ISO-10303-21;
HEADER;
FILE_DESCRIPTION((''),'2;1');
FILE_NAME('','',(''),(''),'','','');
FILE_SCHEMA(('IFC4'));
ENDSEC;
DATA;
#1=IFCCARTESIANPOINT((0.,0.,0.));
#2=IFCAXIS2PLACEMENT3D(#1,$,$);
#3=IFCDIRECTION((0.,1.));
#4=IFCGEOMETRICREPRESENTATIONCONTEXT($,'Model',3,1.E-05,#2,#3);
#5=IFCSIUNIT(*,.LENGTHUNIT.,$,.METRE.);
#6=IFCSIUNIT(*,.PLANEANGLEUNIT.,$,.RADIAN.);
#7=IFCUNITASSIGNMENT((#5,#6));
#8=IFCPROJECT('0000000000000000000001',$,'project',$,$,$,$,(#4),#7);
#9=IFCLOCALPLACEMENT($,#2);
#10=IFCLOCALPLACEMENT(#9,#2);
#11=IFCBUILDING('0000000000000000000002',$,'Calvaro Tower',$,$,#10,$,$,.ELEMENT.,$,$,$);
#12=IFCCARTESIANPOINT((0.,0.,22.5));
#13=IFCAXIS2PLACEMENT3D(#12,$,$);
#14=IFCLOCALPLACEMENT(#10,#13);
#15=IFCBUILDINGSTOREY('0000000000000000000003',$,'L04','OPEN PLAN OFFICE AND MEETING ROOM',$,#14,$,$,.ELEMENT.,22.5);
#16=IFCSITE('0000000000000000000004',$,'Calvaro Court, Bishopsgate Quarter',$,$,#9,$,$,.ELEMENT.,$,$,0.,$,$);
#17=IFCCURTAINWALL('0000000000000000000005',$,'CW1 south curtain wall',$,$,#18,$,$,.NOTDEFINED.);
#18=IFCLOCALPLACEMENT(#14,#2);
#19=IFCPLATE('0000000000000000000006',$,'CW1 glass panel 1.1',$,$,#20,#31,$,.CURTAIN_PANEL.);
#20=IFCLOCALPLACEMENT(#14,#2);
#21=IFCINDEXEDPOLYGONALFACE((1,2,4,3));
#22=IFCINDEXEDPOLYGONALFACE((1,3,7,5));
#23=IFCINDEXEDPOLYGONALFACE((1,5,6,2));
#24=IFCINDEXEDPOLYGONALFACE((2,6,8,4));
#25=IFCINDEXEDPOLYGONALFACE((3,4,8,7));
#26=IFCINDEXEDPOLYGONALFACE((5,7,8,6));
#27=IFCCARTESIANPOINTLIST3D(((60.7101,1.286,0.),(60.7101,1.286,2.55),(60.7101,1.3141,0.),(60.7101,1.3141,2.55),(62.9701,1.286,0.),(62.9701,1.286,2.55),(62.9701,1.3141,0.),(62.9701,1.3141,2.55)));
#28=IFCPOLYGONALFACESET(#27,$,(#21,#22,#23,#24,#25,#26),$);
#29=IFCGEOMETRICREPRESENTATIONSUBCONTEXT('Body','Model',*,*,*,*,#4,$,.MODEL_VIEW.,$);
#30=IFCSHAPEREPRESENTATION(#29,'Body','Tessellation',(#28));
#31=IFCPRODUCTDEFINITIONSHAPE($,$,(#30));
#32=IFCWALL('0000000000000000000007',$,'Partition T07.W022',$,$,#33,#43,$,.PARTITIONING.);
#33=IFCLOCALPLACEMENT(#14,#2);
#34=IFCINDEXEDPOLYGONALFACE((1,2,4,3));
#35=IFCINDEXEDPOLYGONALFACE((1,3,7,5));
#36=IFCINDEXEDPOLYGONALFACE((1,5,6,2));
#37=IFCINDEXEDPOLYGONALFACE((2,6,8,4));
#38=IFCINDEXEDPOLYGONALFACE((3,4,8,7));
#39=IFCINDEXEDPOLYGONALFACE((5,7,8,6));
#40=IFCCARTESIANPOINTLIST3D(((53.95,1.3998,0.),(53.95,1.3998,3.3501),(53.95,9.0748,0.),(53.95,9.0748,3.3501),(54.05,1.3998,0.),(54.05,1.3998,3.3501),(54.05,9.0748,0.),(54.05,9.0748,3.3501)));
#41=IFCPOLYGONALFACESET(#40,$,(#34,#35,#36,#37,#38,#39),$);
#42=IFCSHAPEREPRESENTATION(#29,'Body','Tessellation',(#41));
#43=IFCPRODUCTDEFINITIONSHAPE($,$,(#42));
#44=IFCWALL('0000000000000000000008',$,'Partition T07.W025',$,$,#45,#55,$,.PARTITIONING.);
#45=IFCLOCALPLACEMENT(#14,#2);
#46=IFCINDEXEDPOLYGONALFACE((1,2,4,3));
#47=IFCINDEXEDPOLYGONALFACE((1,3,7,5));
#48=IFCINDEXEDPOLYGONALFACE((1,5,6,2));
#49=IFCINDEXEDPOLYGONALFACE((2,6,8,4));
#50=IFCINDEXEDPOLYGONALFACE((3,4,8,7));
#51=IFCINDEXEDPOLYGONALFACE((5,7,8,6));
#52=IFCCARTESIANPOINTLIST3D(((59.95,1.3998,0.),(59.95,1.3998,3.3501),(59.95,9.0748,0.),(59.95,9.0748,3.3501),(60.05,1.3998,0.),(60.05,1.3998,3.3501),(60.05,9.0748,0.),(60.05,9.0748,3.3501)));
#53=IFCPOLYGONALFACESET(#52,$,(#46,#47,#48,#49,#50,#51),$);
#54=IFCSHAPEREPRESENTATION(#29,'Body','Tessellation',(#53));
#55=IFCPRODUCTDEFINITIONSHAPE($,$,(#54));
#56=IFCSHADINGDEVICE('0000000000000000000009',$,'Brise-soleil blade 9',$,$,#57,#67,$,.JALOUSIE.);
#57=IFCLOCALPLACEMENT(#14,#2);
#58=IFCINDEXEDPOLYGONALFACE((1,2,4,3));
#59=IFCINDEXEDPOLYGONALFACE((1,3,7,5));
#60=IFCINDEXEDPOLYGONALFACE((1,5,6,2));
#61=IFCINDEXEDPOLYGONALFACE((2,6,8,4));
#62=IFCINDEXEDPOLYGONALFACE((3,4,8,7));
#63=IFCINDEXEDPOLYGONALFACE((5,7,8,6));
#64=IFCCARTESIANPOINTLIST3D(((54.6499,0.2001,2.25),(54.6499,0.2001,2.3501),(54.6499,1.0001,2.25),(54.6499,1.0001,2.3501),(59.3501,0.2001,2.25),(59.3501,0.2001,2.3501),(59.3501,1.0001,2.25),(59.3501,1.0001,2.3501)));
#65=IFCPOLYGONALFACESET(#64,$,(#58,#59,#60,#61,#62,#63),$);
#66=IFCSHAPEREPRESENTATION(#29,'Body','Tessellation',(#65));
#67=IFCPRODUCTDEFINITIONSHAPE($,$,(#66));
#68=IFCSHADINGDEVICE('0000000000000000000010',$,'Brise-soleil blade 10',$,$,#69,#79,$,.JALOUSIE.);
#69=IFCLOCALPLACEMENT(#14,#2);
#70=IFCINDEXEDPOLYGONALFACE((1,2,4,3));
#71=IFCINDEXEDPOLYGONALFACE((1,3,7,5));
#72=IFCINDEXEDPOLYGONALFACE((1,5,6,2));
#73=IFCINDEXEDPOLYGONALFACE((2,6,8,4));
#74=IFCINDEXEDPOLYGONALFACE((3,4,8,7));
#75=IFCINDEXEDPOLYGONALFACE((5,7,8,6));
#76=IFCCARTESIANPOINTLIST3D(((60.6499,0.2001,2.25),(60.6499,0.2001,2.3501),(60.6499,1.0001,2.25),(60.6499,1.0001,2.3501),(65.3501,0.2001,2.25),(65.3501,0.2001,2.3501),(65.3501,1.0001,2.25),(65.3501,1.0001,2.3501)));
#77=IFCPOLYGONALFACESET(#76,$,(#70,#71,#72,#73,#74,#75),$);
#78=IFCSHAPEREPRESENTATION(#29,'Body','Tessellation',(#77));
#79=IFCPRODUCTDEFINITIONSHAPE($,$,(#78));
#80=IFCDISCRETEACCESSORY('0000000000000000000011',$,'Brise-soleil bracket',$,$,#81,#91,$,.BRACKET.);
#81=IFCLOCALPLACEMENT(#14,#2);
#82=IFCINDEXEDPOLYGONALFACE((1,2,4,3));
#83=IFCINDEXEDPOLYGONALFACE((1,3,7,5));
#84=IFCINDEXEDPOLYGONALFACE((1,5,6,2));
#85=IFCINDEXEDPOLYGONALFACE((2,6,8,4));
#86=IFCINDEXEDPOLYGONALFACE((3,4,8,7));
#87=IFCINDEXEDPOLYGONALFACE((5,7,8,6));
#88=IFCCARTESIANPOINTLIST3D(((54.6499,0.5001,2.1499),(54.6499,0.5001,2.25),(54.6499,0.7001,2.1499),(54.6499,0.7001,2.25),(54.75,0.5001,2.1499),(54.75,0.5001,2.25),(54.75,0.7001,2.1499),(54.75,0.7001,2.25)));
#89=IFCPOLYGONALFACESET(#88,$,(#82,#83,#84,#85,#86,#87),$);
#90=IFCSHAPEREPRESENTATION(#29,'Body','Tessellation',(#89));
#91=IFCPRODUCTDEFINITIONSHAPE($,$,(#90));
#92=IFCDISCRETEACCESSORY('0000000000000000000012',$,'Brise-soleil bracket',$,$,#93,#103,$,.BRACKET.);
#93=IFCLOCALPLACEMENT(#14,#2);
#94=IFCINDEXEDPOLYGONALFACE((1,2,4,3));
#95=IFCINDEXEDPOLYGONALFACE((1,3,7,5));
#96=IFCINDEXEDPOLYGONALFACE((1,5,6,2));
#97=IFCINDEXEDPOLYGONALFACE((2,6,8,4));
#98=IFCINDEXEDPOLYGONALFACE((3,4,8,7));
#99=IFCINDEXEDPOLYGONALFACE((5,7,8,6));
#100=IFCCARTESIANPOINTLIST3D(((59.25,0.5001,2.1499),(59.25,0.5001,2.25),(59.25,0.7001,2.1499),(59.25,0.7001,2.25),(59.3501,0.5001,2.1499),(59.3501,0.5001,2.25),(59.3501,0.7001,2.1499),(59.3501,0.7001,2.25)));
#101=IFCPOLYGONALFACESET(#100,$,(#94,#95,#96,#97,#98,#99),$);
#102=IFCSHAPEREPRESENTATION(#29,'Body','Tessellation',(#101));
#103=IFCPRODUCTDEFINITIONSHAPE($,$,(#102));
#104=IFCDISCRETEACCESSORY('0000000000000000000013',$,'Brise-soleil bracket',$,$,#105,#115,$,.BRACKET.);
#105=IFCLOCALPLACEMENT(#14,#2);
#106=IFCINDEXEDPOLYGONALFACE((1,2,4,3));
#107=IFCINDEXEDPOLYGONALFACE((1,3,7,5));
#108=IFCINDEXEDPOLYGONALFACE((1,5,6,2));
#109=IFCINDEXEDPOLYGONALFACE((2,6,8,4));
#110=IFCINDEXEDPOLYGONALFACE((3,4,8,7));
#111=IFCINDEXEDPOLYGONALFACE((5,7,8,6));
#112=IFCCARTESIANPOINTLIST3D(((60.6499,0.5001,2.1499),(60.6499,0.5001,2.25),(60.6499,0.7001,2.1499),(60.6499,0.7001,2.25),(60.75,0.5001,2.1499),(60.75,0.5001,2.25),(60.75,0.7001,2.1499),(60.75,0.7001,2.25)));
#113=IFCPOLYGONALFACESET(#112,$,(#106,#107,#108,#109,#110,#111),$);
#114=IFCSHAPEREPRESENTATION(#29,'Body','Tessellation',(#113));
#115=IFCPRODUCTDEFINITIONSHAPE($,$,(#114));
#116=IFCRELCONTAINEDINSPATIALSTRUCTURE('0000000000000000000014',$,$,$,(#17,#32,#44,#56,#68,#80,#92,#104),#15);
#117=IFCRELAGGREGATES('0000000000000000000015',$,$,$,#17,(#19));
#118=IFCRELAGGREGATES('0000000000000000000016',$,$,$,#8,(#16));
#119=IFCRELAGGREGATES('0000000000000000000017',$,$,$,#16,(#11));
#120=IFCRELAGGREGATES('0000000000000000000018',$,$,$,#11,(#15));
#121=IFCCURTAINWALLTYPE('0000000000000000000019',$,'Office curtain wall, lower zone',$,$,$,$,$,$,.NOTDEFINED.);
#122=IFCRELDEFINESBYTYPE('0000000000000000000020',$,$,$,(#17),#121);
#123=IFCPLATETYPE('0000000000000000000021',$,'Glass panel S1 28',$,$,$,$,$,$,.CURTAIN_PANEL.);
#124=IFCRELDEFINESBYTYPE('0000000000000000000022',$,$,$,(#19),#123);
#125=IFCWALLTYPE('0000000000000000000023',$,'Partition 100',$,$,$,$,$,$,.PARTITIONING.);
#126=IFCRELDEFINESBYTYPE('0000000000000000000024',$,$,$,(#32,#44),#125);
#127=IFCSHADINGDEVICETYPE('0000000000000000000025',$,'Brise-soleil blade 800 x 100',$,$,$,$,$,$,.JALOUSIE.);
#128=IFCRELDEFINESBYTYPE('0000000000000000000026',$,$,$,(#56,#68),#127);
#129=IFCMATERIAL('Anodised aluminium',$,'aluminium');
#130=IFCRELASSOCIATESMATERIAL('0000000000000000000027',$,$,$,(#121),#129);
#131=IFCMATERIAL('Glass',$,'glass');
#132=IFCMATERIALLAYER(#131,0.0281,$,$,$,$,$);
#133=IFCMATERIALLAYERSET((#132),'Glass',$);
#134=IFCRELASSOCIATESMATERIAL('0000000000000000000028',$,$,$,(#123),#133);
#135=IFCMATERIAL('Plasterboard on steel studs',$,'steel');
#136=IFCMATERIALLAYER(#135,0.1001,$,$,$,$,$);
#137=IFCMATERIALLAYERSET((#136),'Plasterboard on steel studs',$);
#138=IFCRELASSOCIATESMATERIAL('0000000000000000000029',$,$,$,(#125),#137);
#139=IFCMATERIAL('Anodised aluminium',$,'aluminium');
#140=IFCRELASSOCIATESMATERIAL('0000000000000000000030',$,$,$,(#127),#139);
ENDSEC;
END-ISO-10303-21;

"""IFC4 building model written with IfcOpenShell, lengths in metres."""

from ifc_helpers import new_model, si_unit, direction, frame, frame_2d, origin, origin_2d, place, context, subcontext, project, spatial, rectangle, extrude, material, layer, layer_set, material_profile, profile_set, type_object, element, aggregate, save


model = new_model("IFC4")

# Units and contexts
model_context = context("Model", 3, precision=1e-05, world=origin(), true_north=direction((0.0, 1.0)))
body_context = subcontext(model_context, "Body", "Model", "MODEL_VIEW")
ifc_project = project(units=[si_unit("LENGTHUNIT", "METRE"), si_unit("PLANEANGLEUNIT", "RADIAN")], contexts=[model_context])

# Site, building, storey
site_placement = place(None, origin())
site = spatial("IfcSite", under=ifc_project, at=site_placement, Name="Calvaro Court, Bishopsgate Quarter", CompositionType="ELEMENT", RefElevation=0.0)
building_placement = place(site_placement, origin())
building = spatial("IfcBuilding", under=site, at=building_placement, Name="Calvaro Tower", CompositionType="ELEMENT")
storey_placement = place(building_placement, frame((0.0, 0.0, 22.5)))
storey = spatial("IfcBuildingStorey", under=building, at=storey_placement, Name="L04", Description="OPEN PLAN OFFICE AND MEETING ROOM", CompositionType="ELEMENT", Elevation=22.5)

# Curtain wall
ifc_material_1 = material(Name="Anodised aluminium", Category="aluminium")
curtain_wall_type = type_object("IfcCurtainWallType", Name="Office curtain wall, lower zone", PredefinedType="NOTDEFINED", material=ifc_material_1)
curtain_wall_1_placement = place(storey_placement, origin())
curtain_wall_1 = element("IfcCurtainWall", 1, at=curtain_wall_1_placement, inside=storey, type_object=curtain_wall_type, Name="CW1 south curtain wall", PredefinedType="NOTDEFINED")

# Plate
ifc_material_2 = material(Name="Glass", Category="glass")
ifc_layer_1 = layer(ifc_material_2, 0.0281)
ifc_layer_set_1 = layer_set([ifc_layer_1], Name="Glass")
plate_type = type_object("IfcPlateType", Name="Glass panel S1 28", PredefinedType="CURTAIN_PANEL", material=ifc_layer_set_1)
plate_1_placement = place(storey_placement, frame((61.8401, 1.3, 0.0), z_axis=(0.0, 0.0, 1.0), x_axis=(1.0, 0.0, 0.0)))
plate_1 = element("IfcPlate", 2, at=plate_1_placement, type_object=plate_type, Name="CW1 glass panel 1.1", PredefinedType="CURTAIN_PANEL", context=body_context, shape_type="SweptSolid", body=[
    extrude(rectangle(XDim=2.26, YDim=0.0281, at=origin_2d()), origin(), (0.0, 0.0, 1.0), 2.55),
])
aggregate(curtain_wall_1, [plate_1])

# Walls
ifc_material_3 = material(Name="Plasterboard on steel studs", Category="steel")
ifc_layer_2 = layer(ifc_material_3, 0.1001)
ifc_layer_set_2 = layer_set([ifc_layer_2], Name="Plasterboard on steel studs")
wall_type = type_object("IfcWallType", Name="Partition 100", PredefinedType="PARTITIONING", material=ifc_layer_set_2)
for number, where, z_axis, x_axis, name in (
    (3, (54.0, 1.3999, 0.0), (0.0, 0.0, 1.0), (0.0, 1.0, 0.0), "Partition T07.W022"),
    (4, (60.0, 1.3999, 0.0), (0.0, 0.0, 1.0), (0.0, 1.0, 0.0), "Partition T07.W025"),
):
    element("IfcWall", number, at=place(storey_placement, frame(where, z_axis=z_axis, x_axis=x_axis)), inside=storey, type_object=wall_type, Name=name, PredefinedType="PARTITIONING", context=body_context, shape_type="SweptSolid", body=[
        extrude(rectangle(XDim=7.675, YDim=0.1001, at=frame_2d((3.8374, 0.0))), origin(), (0.0, 0.0, 1.0), 3.3501),
    ])

# Shading devices
ifc_material_4 = material(Name="Anodised aluminium", Category="aluminium")
ifc_material_profile_1 = material_profile(ifc_material_4, rectangle(XDim=0.8, YDim=0.1001, at=origin_2d()), Name="Brise-soleil blade 800 x 100")
ifc_profile_set_1 = profile_set([ifc_material_profile_1], Name="Anodised aluminium")
shading_device_type = type_object("IfcShadingDeviceType", Name="Brise-soleil blade 800 x 100", PredefinedType="JALOUSIE", material=ifc_profile_set_1)
for number, where, z_axis, x_axis, name in (
    (5, (54.6499, 0.6001, 2.3), (1.0, 0.0, 0.0), (0.0, 1.0, 0.0), "Brise-soleil blade 9"),
    (6, (60.6499, 0.6001, 2.3), (1.0, 0.0, 0.0), (0.0, 1.0, 0.0), "Brise-soleil blade 10"),
):
    element("IfcShadingDevice", number, at=place(storey_placement, frame(where, z_axis=z_axis, x_axis=x_axis)), inside=storey, type_object=shading_device_type, Name=name, PredefinedType="JALOUSIE", context=body_context, shape_type="SweptSolid", body=[
        extrude(rectangle(XDim=0.8, YDim=0.1001, at=origin_2d()), origin(), (0.0, 0.0, 1.0), 4.7002),
    ])

# Discrete accessories
for number, where, z_axis, x_axis, name in (
    (7, (54.7, 0.6001, 2.1499), (0.0, 0.0, 1.0), (1.0, 0.0, 0.0), "Brise-soleil bracket"),
    (8, (59.3, 0.6001, 2.1499), (0.0, 0.0, 1.0), (1.0, 0.0, 0.0), "Brise-soleil bracket"),
    (9, (60.7, 0.6001, 2.1499), (0.0, 0.0, 1.0), (1.0, 0.0, 0.0), "Brise-soleil bracket"),
):
    element("IfcDiscreteAccessory", number, at=place(storey_placement, frame(where, z_axis=z_axis, x_axis=x_axis)), inside=storey, Name=name, PredefinedType="BRACKET", context=body_context, shape_type="SweptSolid", body=[
        extrude(rectangle(XDim=0.1001, YDim=0.2, at=origin_2d()), origin(), (0.0, 0.0, 1.0), 0.1001),
    ])

save(model, "model.ifc")
